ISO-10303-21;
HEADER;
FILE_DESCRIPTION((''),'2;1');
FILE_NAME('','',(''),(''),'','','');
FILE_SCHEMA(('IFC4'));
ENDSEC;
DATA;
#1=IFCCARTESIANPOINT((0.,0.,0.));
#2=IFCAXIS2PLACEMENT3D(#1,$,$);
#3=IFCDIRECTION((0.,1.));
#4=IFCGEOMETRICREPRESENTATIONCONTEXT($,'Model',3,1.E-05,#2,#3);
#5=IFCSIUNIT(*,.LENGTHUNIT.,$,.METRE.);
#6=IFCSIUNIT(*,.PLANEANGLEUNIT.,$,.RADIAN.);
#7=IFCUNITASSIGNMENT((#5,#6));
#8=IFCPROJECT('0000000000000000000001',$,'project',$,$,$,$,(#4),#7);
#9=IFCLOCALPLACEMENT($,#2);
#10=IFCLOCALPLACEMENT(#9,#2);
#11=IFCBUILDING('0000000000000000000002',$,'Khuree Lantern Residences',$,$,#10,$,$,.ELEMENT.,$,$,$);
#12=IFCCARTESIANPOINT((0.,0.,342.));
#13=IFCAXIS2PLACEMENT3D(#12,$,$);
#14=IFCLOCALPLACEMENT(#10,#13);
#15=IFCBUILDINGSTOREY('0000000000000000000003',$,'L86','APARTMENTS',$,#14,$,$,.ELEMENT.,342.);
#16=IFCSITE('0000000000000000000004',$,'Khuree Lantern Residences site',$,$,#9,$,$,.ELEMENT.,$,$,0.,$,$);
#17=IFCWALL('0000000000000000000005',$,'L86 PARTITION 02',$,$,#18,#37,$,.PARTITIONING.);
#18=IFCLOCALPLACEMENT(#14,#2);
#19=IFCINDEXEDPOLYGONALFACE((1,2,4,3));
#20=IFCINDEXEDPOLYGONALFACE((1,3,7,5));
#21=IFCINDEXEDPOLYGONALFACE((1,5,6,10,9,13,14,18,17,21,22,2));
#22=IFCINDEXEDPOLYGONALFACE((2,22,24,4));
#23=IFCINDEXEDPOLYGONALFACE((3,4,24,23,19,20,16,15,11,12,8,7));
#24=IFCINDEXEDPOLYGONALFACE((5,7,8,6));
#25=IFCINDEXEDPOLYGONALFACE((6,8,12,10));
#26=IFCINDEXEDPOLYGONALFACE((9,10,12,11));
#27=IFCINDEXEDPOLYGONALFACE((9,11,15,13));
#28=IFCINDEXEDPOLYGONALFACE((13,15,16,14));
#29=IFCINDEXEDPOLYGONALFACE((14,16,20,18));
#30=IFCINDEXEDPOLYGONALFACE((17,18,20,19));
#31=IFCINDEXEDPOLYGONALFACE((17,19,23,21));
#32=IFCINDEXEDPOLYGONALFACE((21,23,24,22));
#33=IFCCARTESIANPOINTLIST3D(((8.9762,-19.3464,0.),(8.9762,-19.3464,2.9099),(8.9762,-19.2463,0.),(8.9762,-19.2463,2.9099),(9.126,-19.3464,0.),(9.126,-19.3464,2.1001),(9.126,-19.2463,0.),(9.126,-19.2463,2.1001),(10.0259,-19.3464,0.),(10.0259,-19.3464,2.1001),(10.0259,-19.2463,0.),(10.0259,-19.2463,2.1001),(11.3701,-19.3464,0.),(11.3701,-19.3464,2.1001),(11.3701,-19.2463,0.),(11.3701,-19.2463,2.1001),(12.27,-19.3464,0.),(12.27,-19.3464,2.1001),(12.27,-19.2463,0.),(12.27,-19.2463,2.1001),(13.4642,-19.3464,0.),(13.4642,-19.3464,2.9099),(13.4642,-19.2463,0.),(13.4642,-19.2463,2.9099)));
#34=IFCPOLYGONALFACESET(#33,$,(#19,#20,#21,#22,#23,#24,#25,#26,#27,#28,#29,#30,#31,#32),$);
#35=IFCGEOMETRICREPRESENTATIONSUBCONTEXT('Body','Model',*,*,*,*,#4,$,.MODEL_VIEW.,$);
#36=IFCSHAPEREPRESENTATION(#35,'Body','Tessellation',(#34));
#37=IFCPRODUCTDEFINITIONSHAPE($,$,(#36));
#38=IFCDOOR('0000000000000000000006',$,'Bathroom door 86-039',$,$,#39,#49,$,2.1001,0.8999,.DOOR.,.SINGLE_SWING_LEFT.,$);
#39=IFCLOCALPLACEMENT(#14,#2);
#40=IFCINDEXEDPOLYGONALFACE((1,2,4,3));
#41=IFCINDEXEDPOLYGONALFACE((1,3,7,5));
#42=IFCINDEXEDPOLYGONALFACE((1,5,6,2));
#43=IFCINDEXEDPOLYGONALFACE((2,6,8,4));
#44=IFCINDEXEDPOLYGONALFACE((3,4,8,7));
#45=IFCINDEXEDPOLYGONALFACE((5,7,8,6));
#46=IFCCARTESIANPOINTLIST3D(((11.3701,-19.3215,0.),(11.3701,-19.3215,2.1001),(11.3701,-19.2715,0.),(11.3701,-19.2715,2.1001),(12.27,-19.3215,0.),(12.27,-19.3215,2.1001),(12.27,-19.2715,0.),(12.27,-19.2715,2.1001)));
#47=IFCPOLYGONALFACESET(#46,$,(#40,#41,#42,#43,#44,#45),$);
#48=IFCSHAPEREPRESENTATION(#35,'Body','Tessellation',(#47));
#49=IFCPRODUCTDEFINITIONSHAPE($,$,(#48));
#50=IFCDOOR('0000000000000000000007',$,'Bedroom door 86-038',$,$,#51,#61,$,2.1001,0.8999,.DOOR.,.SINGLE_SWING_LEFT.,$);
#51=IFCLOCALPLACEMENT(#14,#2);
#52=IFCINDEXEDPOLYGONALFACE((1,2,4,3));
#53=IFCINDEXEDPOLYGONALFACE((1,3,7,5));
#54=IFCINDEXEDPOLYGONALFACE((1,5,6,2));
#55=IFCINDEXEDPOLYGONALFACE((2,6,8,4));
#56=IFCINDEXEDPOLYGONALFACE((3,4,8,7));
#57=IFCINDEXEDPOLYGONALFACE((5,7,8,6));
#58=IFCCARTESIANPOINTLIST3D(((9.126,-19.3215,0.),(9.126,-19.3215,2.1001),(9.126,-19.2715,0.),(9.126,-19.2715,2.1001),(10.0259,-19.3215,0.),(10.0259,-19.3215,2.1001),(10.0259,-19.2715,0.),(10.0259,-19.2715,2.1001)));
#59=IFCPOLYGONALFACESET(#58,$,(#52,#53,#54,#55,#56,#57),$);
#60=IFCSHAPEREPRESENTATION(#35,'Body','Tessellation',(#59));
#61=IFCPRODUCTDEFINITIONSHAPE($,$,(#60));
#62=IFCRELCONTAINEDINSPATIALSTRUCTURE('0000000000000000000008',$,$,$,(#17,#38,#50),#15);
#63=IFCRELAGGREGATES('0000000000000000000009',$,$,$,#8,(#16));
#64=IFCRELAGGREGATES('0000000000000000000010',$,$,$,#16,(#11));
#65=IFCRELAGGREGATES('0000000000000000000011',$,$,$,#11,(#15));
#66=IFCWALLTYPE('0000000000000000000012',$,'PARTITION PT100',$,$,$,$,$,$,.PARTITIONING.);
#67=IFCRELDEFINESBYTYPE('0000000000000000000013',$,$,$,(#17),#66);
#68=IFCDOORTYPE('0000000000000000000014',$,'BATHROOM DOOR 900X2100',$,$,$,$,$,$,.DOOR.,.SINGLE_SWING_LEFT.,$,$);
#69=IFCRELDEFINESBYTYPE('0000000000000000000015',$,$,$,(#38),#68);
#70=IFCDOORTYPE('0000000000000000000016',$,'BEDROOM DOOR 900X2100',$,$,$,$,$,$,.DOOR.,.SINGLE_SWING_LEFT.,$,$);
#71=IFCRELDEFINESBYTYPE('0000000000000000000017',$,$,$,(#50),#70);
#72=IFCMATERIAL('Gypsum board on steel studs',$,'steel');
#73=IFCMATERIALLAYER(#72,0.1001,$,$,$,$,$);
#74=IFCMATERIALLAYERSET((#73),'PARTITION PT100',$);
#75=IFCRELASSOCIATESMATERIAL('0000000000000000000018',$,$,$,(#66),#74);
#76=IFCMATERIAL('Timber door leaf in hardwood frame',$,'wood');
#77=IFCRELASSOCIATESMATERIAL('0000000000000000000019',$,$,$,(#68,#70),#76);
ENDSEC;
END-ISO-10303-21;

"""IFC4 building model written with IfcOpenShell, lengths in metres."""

from ifc_helpers import new_model, si_unit, direction, frame, frame_2d, origin, place, context, subcontext, project, spatial, rectangle, extrude, material, layer, layer_set, type_object, element, fill, save


model = new_model("IFC4")

# Units and contexts
model_context = context("Model", 3, precision=1e-05, world=origin(), true_north=direction((0.0, 1.0)))
body_context = subcontext(model_context, "Body", "Model", "MODEL_VIEW")
ifc_project = project(units=[si_unit("LENGTHUNIT", "METRE"), si_unit("PLANEANGLEUNIT", "RADIAN")], contexts=[model_context])

# Site, building, storey
site_placement = place(None, origin())
site = spatial("IfcSite", under=ifc_project, at=site_placement, Name="Khuree Lantern Residences site", CompositionType="ELEMENT", RefElevation=0.0)
building_placement = place(site_placement, origin())
building = spatial("IfcBuilding", under=site, at=building_placement, Name="Khuree Lantern Residences", CompositionType="ELEMENT")
storey_placement = place(building_placement, frame((0.0, 0.0, 342.0)))
storey = spatial("IfcBuildingStorey", under=building, at=storey_placement, Name="L86", Description="APARTMENTS", CompositionType="ELEMENT", Elevation=342.0)

# Wall, openings, doors
ifc_material_1 = material(Name="Gypsum board on steel studs", Category="steel")
ifc_layer_1 = layer(ifc_material_1, 0.1001)
ifc_layer_set_1 = layer_set([ifc_layer_1], Name="PARTITION PT100")
wall_type = type_object("IfcWallType", Name="PARTITION PT100", PredefinedType="PARTITIONING", material=ifc_layer_set_1)
wall_placement = place(storey_placement, frame((8.9761, -19.2964, 0.0), z_axis=(0.0, 0.0, 1.0), x_axis=(1.0, 0.0, 0.0)))
wall = element("IfcWall", 1, at=wall_placement, inside=storey, type_object=wall_type, Name="L86 PARTITION 02", PredefinedType="PARTITIONING", context=body_context, shape_type="SweptSolid", body=[
    extrude(rectangle(XDim=4.488, YDim=0.1001, at=frame_2d((2.2441, 0.0))), origin(), (0.0, 0.0, 1.0), 2.9099),
])
opening_1_placement = place(wall_placement, frame((0.1499, 0.0, 0.0)))
opening_1 = element("IfcOpeningElement", 2, at=opening_1_placement, cuts=wall, PredefinedType="OPENING", context=body_context, shape_type="SweptSolid", body=[
    extrude(rectangle(XDim=0.8999, YDim=2.1001, at=frame_2d((0.45, 1.05))), frame((0.0, 0.0601, 0.0), z_axis=(0.0, -1.0, 0.0), x_axis=(1.0, 0.0, 0.0)), (0.0, 0.0, 1.0), 0.1201),
])
opening_2_placement = place(wall_placement, frame((2.394, 0.0, 0.0)))
opening_2 = element("IfcOpeningElement", 3, at=opening_2_placement, cuts=wall, PredefinedType="OPENING", context=body_context, shape_type="SweptSolid", body=[
    extrude(rectangle(XDim=0.8999, YDim=2.1001, at=frame_2d((0.45, 1.05))), frame((0.0, 0.0601, 0.0), z_axis=(0.0, -1.0, 0.0), x_axis=(1.0, 0.0, 0.0)), (0.0, 0.0, 1.0), 0.1201),
])
ifc_material_2 = material(Name="Timber door leaf in hardwood frame", Category="wood")
door_type_1 = type_object("IfcDoorType", Name="BATHROOM DOOR 900X2100", OperationType="SINGLE_SWING_LEFT", PredefinedType="DOOR", material=ifc_material_2)
door_1_placement = place(opening_2_placement, origin())
door_1 = element("IfcDoor", 4, at=door_1_placement, inside=storey, type_object=door_type_1, Name="Bathroom door 86-039", OperationType="SINGLE_SWING_LEFT", OverallHeight=2.1001, OverallWidth=0.8999, PredefinedType="DOOR", context=body_context, shape_type="SweptSolid", body=[
    extrude(rectangle(XDim=0.8999, YDim=2.1001, at=frame_2d((0.45, 1.05))), frame((0.0, 0.0249, 0.0), z_axis=(0.0, -1.0, 0.0), x_axis=(1.0, 0.0, 0.0)), (0.0, 0.0, 1.0), 0.05),
])
fill(opening_2, door_1)
door_type_2 = type_object("IfcDoorType", Name="BEDROOM DOOR 900X2100", OperationType="SINGLE_SWING_LEFT", PredefinedType="DOOR", material=ifc_material_2)
door_2_placement = place(opening_1_placement, origin())
door_2 = element("IfcDoor", 5, at=door_2_placement, inside=storey, type_object=door_type_2, Name="Bedroom door 86-038", OperationType="SINGLE_SWING_LEFT", OverallHeight=2.1001, OverallWidth=0.8999, PredefinedType="DOOR", context=body_context, shape_type="SweptSolid", body=[
    extrude(rectangle(XDim=0.8999, YDim=2.1001, at=frame_2d((0.45, 1.05))), frame((0.0, 0.0249, 0.0), z_axis=(0.0, -1.0, 0.0), x_axis=(1.0, 0.0, 0.0)), (0.0, 0.0, 1.0), 0.05),
])
fill(opening_1, door_2)

save(model, "model.ifc")
